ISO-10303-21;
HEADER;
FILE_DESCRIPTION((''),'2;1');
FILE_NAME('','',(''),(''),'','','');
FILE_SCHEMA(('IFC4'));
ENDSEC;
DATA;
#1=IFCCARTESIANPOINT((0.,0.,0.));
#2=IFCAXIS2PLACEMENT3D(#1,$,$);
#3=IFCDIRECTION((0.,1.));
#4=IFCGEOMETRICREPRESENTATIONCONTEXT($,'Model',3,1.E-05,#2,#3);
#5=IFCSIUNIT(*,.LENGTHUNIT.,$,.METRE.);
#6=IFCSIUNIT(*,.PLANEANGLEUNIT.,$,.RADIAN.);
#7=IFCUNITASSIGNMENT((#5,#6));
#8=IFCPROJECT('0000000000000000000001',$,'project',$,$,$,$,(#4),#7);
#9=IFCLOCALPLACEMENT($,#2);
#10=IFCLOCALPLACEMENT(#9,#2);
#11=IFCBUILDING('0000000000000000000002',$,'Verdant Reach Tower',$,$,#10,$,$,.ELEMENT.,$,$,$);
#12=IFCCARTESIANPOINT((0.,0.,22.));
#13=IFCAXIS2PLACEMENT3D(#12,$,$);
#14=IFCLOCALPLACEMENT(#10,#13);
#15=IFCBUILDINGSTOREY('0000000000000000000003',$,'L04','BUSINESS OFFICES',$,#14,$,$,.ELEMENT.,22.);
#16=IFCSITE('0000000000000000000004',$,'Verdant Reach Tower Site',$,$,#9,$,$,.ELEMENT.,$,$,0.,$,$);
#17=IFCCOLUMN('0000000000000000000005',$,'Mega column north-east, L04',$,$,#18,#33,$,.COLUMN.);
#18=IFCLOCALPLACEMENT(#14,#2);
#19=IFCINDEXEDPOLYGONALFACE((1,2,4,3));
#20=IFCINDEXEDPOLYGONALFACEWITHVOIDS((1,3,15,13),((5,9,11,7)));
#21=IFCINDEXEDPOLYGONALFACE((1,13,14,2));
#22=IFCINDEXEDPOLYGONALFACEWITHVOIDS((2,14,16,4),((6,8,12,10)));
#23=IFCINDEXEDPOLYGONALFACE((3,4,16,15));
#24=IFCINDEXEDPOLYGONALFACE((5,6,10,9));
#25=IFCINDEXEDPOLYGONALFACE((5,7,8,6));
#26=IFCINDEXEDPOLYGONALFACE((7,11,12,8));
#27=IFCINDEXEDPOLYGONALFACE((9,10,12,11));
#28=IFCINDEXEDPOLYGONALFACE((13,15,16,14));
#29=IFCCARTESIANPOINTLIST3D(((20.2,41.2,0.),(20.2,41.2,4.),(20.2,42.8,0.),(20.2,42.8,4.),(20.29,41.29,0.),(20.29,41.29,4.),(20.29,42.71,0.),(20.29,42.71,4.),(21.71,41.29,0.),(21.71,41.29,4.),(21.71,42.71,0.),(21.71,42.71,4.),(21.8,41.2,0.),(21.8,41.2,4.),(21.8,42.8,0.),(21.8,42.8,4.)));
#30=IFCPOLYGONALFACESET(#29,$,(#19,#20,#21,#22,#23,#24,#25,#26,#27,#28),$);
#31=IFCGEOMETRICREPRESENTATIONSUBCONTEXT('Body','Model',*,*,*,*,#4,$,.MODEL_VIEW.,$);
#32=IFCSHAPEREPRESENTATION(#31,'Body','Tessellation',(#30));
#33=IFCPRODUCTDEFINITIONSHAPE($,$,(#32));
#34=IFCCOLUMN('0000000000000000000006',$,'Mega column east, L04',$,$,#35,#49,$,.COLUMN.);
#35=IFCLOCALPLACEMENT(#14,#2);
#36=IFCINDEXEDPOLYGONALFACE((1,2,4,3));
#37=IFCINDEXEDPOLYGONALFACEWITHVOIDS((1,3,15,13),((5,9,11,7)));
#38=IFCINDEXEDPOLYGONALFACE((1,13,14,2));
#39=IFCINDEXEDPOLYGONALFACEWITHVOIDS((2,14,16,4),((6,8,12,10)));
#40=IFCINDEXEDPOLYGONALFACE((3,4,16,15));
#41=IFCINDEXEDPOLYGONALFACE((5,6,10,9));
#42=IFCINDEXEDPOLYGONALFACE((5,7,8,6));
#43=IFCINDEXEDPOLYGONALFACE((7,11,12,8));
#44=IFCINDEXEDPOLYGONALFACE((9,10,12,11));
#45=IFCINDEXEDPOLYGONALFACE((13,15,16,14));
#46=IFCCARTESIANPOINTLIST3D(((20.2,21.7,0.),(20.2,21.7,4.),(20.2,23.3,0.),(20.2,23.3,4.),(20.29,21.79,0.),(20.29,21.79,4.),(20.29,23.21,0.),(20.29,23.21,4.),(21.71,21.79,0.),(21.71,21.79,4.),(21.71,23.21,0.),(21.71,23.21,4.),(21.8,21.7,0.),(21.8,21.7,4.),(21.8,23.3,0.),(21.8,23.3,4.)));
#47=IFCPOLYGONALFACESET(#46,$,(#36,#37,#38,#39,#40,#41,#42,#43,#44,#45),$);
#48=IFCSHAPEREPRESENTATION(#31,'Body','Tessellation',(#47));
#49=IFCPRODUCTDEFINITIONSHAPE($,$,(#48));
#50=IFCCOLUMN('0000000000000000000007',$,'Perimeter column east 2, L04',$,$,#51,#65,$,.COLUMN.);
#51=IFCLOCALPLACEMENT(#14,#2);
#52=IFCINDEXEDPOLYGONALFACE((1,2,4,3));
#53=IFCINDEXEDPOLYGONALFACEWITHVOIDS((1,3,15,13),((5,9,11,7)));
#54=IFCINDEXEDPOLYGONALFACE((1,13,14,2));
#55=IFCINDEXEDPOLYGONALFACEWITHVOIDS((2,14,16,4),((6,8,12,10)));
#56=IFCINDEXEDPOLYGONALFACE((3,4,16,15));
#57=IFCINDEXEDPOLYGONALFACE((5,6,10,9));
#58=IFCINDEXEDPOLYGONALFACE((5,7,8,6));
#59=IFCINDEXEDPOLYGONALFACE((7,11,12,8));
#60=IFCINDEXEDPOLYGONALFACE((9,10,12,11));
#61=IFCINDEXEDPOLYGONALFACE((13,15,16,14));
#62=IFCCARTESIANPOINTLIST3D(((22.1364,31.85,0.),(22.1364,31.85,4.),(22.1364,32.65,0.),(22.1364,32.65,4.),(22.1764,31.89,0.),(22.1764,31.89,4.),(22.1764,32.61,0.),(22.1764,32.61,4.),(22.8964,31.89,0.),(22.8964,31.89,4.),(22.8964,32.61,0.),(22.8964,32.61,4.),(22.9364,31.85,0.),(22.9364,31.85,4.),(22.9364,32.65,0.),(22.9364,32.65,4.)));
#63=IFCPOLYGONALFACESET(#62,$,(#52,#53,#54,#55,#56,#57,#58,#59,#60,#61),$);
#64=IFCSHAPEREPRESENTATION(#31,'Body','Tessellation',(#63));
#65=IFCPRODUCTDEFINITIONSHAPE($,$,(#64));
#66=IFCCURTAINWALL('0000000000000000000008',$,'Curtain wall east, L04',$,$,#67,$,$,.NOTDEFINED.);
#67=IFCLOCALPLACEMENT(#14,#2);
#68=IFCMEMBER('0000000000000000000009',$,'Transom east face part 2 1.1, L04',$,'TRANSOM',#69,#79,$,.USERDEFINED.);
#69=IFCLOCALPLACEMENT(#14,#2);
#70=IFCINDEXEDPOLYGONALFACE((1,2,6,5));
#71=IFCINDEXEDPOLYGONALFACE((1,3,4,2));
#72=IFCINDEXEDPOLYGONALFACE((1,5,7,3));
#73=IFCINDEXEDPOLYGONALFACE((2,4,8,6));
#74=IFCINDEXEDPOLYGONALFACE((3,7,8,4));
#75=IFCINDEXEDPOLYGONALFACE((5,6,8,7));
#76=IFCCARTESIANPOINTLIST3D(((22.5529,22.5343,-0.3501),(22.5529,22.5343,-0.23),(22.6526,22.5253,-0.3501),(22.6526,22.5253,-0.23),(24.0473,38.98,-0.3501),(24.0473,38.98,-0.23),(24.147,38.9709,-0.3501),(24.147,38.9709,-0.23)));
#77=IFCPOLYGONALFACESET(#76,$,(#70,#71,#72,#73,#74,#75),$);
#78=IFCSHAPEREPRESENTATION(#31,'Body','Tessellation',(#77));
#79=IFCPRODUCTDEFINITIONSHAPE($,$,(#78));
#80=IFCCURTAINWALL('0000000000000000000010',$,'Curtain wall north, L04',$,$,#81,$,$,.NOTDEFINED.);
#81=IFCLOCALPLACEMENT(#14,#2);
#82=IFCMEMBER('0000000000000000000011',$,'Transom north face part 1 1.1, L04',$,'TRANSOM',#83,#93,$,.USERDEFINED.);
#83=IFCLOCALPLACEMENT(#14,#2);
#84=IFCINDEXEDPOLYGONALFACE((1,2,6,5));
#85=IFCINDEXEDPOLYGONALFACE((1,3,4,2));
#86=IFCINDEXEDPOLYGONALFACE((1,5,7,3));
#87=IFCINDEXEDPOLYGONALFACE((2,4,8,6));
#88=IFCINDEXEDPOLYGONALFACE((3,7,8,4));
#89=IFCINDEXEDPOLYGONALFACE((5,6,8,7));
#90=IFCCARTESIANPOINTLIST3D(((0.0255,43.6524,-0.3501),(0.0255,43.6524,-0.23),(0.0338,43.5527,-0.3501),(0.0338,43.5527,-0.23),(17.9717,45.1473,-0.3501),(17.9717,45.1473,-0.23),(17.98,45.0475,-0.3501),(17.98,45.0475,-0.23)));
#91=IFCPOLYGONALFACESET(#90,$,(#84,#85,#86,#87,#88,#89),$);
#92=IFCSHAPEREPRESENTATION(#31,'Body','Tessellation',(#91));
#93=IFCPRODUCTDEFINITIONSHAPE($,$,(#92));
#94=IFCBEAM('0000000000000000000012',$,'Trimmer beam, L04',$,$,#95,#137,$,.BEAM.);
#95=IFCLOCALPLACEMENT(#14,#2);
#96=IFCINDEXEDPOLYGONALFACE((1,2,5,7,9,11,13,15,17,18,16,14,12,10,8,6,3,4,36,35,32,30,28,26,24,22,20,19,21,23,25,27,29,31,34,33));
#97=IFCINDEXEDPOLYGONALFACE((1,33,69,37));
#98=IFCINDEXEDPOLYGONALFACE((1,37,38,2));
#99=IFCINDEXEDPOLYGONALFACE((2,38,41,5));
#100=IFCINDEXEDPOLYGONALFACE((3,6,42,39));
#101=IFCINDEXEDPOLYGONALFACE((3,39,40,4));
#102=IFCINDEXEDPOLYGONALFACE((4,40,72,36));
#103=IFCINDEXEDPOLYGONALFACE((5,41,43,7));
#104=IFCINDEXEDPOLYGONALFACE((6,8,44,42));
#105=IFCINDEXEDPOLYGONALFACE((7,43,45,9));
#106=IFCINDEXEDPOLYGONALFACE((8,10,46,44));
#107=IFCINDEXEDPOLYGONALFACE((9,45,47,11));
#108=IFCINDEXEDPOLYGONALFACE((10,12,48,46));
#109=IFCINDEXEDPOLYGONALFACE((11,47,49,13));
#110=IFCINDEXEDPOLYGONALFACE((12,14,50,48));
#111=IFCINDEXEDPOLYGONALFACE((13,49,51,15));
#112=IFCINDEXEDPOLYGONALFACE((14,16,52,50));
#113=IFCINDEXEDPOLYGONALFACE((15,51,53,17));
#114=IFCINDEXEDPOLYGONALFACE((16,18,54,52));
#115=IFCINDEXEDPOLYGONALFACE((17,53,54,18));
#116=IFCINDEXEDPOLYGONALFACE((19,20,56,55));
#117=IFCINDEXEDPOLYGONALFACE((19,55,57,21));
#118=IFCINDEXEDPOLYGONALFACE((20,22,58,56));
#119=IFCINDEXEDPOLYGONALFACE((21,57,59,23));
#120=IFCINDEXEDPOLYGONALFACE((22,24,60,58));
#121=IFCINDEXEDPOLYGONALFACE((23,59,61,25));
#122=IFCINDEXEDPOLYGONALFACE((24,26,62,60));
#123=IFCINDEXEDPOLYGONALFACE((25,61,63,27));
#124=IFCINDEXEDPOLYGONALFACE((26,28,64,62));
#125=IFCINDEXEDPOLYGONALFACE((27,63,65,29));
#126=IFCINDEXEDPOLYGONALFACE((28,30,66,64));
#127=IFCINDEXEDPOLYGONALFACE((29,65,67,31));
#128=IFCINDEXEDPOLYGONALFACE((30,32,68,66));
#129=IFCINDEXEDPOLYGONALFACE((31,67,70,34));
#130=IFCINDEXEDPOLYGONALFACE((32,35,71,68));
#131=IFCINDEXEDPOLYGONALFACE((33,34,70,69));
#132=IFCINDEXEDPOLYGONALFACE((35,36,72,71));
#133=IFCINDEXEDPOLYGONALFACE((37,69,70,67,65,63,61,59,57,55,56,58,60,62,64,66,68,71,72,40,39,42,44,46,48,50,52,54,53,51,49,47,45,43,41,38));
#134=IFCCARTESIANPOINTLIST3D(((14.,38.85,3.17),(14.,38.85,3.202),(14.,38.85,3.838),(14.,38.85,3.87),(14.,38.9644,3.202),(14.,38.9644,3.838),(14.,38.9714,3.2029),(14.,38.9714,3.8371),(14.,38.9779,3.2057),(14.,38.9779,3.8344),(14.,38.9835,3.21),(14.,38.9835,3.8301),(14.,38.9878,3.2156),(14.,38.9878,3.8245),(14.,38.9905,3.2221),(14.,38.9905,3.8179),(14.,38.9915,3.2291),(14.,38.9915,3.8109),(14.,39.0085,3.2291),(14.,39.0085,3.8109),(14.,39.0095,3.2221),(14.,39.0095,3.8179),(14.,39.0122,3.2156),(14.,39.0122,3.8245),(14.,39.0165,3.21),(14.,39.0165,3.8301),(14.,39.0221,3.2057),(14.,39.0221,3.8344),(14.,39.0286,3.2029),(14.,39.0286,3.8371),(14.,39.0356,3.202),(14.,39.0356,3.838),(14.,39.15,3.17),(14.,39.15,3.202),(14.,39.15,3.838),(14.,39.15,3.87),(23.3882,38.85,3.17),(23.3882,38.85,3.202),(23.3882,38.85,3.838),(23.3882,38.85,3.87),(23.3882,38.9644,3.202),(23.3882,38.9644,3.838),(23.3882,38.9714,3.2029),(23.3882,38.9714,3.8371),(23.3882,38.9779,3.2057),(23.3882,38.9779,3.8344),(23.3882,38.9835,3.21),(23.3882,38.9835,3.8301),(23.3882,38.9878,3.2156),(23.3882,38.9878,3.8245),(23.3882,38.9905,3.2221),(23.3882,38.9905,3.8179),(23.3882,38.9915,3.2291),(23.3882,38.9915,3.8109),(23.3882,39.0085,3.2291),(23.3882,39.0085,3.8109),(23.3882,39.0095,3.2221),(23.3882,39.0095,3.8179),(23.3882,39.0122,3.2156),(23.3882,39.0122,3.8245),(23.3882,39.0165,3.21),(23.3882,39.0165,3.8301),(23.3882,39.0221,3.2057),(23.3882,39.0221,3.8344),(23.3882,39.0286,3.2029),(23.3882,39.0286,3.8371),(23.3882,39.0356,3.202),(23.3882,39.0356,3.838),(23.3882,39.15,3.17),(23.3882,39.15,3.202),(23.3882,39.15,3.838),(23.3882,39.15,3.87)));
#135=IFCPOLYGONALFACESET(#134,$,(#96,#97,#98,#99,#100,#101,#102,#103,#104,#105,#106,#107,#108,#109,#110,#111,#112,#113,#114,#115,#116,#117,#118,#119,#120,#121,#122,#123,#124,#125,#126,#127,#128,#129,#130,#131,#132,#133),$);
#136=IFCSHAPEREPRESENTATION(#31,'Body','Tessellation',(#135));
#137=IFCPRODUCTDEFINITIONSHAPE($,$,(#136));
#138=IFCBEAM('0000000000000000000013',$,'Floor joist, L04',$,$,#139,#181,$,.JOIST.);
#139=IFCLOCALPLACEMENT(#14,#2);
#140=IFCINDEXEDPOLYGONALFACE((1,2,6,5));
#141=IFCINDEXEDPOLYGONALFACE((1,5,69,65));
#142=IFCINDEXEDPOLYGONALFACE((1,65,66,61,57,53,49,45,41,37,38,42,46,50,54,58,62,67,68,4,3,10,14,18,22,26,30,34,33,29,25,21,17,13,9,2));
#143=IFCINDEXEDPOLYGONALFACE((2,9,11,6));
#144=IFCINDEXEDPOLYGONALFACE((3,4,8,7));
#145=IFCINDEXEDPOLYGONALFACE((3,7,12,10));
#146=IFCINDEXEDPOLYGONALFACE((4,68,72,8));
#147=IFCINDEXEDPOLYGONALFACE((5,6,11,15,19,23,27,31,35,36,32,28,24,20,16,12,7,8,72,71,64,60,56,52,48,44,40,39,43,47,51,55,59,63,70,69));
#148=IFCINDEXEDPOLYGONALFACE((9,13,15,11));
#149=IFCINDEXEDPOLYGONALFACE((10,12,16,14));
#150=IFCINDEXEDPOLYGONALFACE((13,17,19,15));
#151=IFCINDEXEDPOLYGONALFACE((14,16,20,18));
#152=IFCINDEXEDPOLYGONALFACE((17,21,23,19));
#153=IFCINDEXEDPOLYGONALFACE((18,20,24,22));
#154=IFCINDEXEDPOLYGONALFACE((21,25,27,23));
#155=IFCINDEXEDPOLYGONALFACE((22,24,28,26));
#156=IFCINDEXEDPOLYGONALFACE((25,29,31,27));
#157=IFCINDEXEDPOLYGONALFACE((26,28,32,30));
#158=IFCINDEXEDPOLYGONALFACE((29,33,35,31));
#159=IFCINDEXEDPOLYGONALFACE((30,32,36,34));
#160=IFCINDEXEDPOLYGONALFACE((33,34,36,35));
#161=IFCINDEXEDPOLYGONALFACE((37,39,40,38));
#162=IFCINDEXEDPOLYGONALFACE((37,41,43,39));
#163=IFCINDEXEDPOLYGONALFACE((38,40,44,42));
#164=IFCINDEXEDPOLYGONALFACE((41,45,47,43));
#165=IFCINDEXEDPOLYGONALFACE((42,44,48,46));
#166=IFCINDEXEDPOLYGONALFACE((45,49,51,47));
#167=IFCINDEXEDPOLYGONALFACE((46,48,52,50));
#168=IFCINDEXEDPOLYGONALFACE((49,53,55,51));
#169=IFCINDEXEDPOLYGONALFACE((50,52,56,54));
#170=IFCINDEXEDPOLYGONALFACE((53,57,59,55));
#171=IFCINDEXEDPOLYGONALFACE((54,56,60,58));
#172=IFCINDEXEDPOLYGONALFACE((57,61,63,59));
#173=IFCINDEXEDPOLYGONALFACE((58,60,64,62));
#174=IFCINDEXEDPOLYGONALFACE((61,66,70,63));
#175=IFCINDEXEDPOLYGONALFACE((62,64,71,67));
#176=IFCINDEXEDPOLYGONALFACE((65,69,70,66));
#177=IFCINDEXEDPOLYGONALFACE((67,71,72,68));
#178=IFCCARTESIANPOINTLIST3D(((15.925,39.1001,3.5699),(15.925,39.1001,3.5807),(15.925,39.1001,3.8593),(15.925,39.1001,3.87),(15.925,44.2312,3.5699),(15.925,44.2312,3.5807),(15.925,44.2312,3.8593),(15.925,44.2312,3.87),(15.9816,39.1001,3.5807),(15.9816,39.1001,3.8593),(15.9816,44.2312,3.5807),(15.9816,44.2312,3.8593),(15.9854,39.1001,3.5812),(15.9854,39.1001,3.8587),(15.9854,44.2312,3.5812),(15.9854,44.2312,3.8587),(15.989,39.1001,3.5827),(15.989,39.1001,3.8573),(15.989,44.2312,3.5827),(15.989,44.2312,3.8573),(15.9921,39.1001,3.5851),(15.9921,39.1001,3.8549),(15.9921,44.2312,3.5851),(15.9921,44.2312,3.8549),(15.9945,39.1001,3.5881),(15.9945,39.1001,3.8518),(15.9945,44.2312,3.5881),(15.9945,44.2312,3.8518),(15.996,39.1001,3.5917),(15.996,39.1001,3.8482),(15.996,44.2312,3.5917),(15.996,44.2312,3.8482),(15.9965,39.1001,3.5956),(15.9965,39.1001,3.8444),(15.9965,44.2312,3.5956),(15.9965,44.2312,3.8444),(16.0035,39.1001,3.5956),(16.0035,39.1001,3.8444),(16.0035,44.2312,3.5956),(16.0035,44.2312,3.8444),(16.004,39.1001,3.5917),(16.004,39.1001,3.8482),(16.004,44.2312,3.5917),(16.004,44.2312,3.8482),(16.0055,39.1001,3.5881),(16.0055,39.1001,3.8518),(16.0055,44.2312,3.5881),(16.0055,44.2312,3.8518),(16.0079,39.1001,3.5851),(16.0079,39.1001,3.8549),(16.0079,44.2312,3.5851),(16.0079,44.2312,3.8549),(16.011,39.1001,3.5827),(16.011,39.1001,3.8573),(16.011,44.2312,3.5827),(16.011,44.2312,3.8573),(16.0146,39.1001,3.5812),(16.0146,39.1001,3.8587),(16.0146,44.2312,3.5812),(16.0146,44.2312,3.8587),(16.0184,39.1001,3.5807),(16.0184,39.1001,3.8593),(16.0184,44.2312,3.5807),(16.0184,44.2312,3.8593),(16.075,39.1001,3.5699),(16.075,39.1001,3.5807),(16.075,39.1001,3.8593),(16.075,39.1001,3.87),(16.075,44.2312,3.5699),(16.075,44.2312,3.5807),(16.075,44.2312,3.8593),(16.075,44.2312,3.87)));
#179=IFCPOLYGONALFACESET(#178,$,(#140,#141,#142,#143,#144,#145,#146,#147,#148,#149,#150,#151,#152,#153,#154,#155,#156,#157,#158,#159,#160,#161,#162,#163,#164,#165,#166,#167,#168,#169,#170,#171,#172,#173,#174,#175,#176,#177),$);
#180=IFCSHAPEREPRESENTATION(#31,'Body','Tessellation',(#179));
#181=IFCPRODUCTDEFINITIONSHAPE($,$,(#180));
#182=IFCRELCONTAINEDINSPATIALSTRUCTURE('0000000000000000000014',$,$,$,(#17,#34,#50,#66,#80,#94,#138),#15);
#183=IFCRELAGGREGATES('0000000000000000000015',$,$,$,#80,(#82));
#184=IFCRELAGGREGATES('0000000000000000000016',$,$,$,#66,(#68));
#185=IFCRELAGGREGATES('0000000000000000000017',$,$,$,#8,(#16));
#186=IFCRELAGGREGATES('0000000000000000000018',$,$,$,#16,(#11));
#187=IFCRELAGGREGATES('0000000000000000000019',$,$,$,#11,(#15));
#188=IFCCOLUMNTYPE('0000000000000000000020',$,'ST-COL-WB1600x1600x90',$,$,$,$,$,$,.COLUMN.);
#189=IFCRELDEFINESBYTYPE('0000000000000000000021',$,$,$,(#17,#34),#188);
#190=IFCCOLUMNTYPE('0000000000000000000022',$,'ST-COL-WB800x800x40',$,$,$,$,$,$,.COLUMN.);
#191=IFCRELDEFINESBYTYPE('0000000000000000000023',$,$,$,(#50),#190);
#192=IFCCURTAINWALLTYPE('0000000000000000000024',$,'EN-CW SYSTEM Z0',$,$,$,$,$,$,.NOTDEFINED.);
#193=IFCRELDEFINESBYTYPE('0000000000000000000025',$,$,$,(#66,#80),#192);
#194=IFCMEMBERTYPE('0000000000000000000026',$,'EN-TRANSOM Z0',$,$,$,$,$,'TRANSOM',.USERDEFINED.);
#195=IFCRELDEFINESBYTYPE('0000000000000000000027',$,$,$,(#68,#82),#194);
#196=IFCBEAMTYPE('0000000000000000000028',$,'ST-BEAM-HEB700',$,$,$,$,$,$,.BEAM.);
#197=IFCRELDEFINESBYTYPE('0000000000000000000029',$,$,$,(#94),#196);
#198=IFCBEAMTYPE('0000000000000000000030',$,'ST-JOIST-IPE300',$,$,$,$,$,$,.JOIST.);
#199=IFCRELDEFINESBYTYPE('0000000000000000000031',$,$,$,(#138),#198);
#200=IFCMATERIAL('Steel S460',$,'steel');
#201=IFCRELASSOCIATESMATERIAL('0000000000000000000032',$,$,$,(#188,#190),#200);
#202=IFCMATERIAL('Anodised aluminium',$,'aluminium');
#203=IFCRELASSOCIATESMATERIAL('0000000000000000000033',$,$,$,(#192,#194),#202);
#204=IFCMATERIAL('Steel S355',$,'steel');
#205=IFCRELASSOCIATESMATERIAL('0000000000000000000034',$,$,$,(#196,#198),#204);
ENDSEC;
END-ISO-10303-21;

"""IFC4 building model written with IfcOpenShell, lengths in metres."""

from ifc_helpers import new_model, si_unit, direction, frame, origin, origin_2d, place, context, subcontext, project, spatial, rectangle, hollow_rectangle, i_section, extrude, material, material_profile, profile_set, type_object, element, aggregate, save


model = new_model("IFC4")

# Units and contexts
model_context = context("Model", 3, precision=1e-05, world=origin(), true_north=direction((0.0, 1.0)))
body_context = subcontext(model_context, "Body", "Model", "MODEL_VIEW")
ifc_project = project(units=[si_unit("LENGTHUNIT", "METRE"), si_unit("PLANEANGLEUNIT", "RADIAN")], contexts=[model_context])

# Site, building, storey
site_placement = place(None, origin())
site = spatial("IfcSite", under=ifc_project, at=site_placement, Name="Verdant Reach Tower Site", CompositionType="ELEMENT", RefElevation=0.0)
building_placement = place(site_placement, origin())
building = spatial("IfcBuilding", under=site, at=building_placement, Name="Verdant Reach Tower", CompositionType="ELEMENT")
storey_placement = place(building_placement, frame((0.0, 0.0, 22.0)))
storey = spatial("IfcBuildingStorey", under=building, at=storey_placement, Name="L04", Description="BUSINESS OFFICES", CompositionType="ELEMENT", Elevation=22.0)

# Columns
ifc_material_1 = material(Name="Steel S460", Category="steel")
ifc_material_profile_1 = material_profile(ifc_material_1, hollow_rectangle(XDim=1.6001, YDim=1.6001, WallThickness=0.0901, at=origin_2d()), Name="WB 1600x1600x90")
ifc_profile_set_1 = profile_set([ifc_material_profile_1], Name="Steel S460")
column_type_1 = type_object("IfcColumnType", Name="ST-COL-WB1600x1600x90", PredefinedType="COLUMN", material=ifc_profile_set_1)
for number, where, z_axis, x_axis, name in (
    (1, (21.0, 42.0, 0.0), (0.0, 0.0, 1.0), (1.0, 0.0, 0.0), "Mega column north-east, L04"),
    (2, (21.0, 22.5, 0.0), (0.0, 0.0, 1.0), (1.0, 0.0, 0.0), "Mega column east, L04"),
):
    element("IfcColumn", number, at=place(storey_placement, frame(where, z_axis=z_axis, x_axis=x_axis)), inside=storey, type_object=column_type_1, Name=name, PredefinedType="COLUMN", context=body_context, shape_type="SweptSolid", body=[
        extrude(hollow_rectangle(XDim=1.6001, YDim=1.6001, WallThickness=0.0901, at=origin_2d()), origin(), (0.0, 0.0, 1.0), 4.0),
    ])
ifc_material_profile_2 = material_profile(ifc_material_1, hollow_rectangle(XDim=0.8, YDim=0.8, WallThickness=0.04, at=origin_2d()), Name="WB 800x800x40")
ifc_profile_set_2 = profile_set([ifc_material_profile_2], Name="Steel S460")
column_type_2 = type_object("IfcColumnType", Name="ST-COL-WB800x800x40", PredefinedType="COLUMN", material=ifc_profile_set_2)
column_placement = place(storey_placement, frame((22.5364, 32.25, 0.0), z_axis=(0.0, 0.0, 1.0), x_axis=(1.0, 0.0, 0.0)))
element("IfcColumn", 3, at=column_placement, inside=storey, type_object=column_type_2, Name="Perimeter column east 2, L04", PredefinedType="COLUMN", context=body_context, shape_type="SweptSolid", body=[
    extrude(hollow_rectangle(XDim=0.8, YDim=0.8, WallThickness=0.04, at=origin_2d()), origin(), (0.0, 0.0, 1.0), 4.0),
])

# Curtain walls, members
ifc_material_2 = material(Name="Anodised aluminium", Category="aluminium")
curtain_wall_type = type_object("IfcCurtainWallType", Name="EN-CW SYSTEM Z0", PredefinedType="NOTDEFINED", material=ifc_material_2)
curtain_wall_1_placement = place(storey_placement, origin())
curtain_wall_1 = element("IfcCurtainWall", 4, at=curtain_wall_1_placement, inside=storey, type_object=curtain_wall_type, Name="Curtain wall east, L04", PredefinedType="NOTDEFINED")
ifc_material_profile_3 = material_profile(ifc_material_2, rectangle(XDim=0.1001, YDim=0.1201, at=origin_2d()), Name="Transom 120x100")
ifc_profile_set_3 = profile_set([ifc_material_profile_3], Name="Anodised aluminium")
member_type = type_object("IfcMemberType", Name="EN-TRANSOM Z0", ElementType="TRANSOM", PredefinedType="USERDEFINED", material=ifc_profile_set_3)
member_1_placement = place(storey_placement, frame((22.6028, 22.5298, -0.29), z_axis=(0.090496, 0.995897, 0.0), x_axis=(-0.995897, 0.090496, 0.0)))
member_1 = element("IfcMember", 5, at=member_1_placement, type_object=member_type, Name="Transom east face part 2 1.1, L04", ObjectType="TRANSOM", PredefinedType="USERDEFINED", context=body_context, shape_type="SweptSolid", body=[
    extrude(rectangle(XDim=0.1001, YDim=0.1201, at=origin_2d()), origin(), (0.0, 0.0, 1.0), 16.5134),
])
curtain_wall_2_placement = place(storey_placement, origin())
curtain_wall_2 = element("IfcCurtainWall", 6, at=curtain_wall_2_placement, inside=storey, type_object=curtain_wall_type, Name="Curtain wall north, L04", PredefinedType="NOTDEFINED")
member_2_placement = place(storey_placement, frame((17.9758, 45.0974, -0.29), z_axis=(-0.996549, -0.083011, 0.0), x_axis=(0.083011, -0.996549, 0.0)))
member_2 = element("IfcMember", 7, at=member_2_placement, type_object=member_type, Name="Transom north face part 1 1.1, L04", ObjectType="TRANSOM", PredefinedType="USERDEFINED", context=body_context, shape_type="SweptSolid", body=[
    extrude(rectangle(XDim=0.1001, YDim=0.1201, at=origin_2d()), origin(), (0.0, 0.0, 1.0), 18.0083),
])

# Beams
ifc_material_3 = material(Name="Steel S355", Category="steel")
ifc_material_profile_4 = material_profile(ifc_material_3, i_section(OverallWidth=0.3, OverallDepth=0.7, WebThickness=0.0171, FlangeThickness=0.032, FilletRadius=0.0271, at=origin_2d()), Name="HEB 700")
ifc_profile_set_4 = profile_set([ifc_material_profile_4], Name="Steel S355")
beam_type_1 = type_object("IfcBeamType", Name="ST-BEAM-HEB700", PredefinedType="BEAM", material=ifc_profile_set_4)
beam_1_placement = place(storey_placement, frame((14.0, 39.0, 3.52), z_axis=(1.0, 0.0, 0.0), x_axis=(0.0, 1.0, 0.0)))
element("IfcBeam", 8, at=beam_1_placement, inside=storey, type_object=beam_type_1, Name="Trimmer beam, L04", PredefinedType="BEAM", context=body_context, shape_type="SweptSolid", body=[
    extrude(i_section(OverallWidth=0.3, OverallDepth=0.7, WebThickness=0.0171, FlangeThickness=0.032, FilletRadius=0.0271, at=origin_2d()), origin(), (0.0, 0.0, 1.0), 9.3882),
])
ifc_material_profile_5 = material_profile(ifc_material_3, i_section(OverallWidth=0.1499, OverallDepth=0.3, WebThickness=0.0071, FlangeThickness=0.0107, FilletRadius=0.0149, at=origin_2d()), Name="IPE 300")
ifc_profile_set_5 = profile_set([ifc_material_profile_5], Name="Steel S355")
beam_type_2 = type_object("IfcBeamType", Name="ST-JOIST-IPE300", PredefinedType="JOIST", material=ifc_profile_set_5)
beam_2_placement = place(storey_placement, frame((16.0, 39.1001, 3.72), z_axis=(0.0, 1.0, 0.0), x_axis=(-1.0, 0.0, 0.0)))
element("IfcBeam", 9, at=beam_2_placement, inside=storey, type_object=beam_type_2, Name="Floor joist, L04", PredefinedType="JOIST", context=body_context, shape_type="SweptSolid", body=[
    extrude(i_section(OverallWidth=0.1499, OverallDepth=0.3, WebThickness=0.0071, FlangeThickness=0.0107, FilletRadius=0.0149, at=origin_2d()), origin(), (0.0, 0.0, 1.0), 5.1311),
])

aggregate(curtain_wall_2, [member_2])
aggregate(curtain_wall_1, [member_1])

save(model, "model.ifc")
